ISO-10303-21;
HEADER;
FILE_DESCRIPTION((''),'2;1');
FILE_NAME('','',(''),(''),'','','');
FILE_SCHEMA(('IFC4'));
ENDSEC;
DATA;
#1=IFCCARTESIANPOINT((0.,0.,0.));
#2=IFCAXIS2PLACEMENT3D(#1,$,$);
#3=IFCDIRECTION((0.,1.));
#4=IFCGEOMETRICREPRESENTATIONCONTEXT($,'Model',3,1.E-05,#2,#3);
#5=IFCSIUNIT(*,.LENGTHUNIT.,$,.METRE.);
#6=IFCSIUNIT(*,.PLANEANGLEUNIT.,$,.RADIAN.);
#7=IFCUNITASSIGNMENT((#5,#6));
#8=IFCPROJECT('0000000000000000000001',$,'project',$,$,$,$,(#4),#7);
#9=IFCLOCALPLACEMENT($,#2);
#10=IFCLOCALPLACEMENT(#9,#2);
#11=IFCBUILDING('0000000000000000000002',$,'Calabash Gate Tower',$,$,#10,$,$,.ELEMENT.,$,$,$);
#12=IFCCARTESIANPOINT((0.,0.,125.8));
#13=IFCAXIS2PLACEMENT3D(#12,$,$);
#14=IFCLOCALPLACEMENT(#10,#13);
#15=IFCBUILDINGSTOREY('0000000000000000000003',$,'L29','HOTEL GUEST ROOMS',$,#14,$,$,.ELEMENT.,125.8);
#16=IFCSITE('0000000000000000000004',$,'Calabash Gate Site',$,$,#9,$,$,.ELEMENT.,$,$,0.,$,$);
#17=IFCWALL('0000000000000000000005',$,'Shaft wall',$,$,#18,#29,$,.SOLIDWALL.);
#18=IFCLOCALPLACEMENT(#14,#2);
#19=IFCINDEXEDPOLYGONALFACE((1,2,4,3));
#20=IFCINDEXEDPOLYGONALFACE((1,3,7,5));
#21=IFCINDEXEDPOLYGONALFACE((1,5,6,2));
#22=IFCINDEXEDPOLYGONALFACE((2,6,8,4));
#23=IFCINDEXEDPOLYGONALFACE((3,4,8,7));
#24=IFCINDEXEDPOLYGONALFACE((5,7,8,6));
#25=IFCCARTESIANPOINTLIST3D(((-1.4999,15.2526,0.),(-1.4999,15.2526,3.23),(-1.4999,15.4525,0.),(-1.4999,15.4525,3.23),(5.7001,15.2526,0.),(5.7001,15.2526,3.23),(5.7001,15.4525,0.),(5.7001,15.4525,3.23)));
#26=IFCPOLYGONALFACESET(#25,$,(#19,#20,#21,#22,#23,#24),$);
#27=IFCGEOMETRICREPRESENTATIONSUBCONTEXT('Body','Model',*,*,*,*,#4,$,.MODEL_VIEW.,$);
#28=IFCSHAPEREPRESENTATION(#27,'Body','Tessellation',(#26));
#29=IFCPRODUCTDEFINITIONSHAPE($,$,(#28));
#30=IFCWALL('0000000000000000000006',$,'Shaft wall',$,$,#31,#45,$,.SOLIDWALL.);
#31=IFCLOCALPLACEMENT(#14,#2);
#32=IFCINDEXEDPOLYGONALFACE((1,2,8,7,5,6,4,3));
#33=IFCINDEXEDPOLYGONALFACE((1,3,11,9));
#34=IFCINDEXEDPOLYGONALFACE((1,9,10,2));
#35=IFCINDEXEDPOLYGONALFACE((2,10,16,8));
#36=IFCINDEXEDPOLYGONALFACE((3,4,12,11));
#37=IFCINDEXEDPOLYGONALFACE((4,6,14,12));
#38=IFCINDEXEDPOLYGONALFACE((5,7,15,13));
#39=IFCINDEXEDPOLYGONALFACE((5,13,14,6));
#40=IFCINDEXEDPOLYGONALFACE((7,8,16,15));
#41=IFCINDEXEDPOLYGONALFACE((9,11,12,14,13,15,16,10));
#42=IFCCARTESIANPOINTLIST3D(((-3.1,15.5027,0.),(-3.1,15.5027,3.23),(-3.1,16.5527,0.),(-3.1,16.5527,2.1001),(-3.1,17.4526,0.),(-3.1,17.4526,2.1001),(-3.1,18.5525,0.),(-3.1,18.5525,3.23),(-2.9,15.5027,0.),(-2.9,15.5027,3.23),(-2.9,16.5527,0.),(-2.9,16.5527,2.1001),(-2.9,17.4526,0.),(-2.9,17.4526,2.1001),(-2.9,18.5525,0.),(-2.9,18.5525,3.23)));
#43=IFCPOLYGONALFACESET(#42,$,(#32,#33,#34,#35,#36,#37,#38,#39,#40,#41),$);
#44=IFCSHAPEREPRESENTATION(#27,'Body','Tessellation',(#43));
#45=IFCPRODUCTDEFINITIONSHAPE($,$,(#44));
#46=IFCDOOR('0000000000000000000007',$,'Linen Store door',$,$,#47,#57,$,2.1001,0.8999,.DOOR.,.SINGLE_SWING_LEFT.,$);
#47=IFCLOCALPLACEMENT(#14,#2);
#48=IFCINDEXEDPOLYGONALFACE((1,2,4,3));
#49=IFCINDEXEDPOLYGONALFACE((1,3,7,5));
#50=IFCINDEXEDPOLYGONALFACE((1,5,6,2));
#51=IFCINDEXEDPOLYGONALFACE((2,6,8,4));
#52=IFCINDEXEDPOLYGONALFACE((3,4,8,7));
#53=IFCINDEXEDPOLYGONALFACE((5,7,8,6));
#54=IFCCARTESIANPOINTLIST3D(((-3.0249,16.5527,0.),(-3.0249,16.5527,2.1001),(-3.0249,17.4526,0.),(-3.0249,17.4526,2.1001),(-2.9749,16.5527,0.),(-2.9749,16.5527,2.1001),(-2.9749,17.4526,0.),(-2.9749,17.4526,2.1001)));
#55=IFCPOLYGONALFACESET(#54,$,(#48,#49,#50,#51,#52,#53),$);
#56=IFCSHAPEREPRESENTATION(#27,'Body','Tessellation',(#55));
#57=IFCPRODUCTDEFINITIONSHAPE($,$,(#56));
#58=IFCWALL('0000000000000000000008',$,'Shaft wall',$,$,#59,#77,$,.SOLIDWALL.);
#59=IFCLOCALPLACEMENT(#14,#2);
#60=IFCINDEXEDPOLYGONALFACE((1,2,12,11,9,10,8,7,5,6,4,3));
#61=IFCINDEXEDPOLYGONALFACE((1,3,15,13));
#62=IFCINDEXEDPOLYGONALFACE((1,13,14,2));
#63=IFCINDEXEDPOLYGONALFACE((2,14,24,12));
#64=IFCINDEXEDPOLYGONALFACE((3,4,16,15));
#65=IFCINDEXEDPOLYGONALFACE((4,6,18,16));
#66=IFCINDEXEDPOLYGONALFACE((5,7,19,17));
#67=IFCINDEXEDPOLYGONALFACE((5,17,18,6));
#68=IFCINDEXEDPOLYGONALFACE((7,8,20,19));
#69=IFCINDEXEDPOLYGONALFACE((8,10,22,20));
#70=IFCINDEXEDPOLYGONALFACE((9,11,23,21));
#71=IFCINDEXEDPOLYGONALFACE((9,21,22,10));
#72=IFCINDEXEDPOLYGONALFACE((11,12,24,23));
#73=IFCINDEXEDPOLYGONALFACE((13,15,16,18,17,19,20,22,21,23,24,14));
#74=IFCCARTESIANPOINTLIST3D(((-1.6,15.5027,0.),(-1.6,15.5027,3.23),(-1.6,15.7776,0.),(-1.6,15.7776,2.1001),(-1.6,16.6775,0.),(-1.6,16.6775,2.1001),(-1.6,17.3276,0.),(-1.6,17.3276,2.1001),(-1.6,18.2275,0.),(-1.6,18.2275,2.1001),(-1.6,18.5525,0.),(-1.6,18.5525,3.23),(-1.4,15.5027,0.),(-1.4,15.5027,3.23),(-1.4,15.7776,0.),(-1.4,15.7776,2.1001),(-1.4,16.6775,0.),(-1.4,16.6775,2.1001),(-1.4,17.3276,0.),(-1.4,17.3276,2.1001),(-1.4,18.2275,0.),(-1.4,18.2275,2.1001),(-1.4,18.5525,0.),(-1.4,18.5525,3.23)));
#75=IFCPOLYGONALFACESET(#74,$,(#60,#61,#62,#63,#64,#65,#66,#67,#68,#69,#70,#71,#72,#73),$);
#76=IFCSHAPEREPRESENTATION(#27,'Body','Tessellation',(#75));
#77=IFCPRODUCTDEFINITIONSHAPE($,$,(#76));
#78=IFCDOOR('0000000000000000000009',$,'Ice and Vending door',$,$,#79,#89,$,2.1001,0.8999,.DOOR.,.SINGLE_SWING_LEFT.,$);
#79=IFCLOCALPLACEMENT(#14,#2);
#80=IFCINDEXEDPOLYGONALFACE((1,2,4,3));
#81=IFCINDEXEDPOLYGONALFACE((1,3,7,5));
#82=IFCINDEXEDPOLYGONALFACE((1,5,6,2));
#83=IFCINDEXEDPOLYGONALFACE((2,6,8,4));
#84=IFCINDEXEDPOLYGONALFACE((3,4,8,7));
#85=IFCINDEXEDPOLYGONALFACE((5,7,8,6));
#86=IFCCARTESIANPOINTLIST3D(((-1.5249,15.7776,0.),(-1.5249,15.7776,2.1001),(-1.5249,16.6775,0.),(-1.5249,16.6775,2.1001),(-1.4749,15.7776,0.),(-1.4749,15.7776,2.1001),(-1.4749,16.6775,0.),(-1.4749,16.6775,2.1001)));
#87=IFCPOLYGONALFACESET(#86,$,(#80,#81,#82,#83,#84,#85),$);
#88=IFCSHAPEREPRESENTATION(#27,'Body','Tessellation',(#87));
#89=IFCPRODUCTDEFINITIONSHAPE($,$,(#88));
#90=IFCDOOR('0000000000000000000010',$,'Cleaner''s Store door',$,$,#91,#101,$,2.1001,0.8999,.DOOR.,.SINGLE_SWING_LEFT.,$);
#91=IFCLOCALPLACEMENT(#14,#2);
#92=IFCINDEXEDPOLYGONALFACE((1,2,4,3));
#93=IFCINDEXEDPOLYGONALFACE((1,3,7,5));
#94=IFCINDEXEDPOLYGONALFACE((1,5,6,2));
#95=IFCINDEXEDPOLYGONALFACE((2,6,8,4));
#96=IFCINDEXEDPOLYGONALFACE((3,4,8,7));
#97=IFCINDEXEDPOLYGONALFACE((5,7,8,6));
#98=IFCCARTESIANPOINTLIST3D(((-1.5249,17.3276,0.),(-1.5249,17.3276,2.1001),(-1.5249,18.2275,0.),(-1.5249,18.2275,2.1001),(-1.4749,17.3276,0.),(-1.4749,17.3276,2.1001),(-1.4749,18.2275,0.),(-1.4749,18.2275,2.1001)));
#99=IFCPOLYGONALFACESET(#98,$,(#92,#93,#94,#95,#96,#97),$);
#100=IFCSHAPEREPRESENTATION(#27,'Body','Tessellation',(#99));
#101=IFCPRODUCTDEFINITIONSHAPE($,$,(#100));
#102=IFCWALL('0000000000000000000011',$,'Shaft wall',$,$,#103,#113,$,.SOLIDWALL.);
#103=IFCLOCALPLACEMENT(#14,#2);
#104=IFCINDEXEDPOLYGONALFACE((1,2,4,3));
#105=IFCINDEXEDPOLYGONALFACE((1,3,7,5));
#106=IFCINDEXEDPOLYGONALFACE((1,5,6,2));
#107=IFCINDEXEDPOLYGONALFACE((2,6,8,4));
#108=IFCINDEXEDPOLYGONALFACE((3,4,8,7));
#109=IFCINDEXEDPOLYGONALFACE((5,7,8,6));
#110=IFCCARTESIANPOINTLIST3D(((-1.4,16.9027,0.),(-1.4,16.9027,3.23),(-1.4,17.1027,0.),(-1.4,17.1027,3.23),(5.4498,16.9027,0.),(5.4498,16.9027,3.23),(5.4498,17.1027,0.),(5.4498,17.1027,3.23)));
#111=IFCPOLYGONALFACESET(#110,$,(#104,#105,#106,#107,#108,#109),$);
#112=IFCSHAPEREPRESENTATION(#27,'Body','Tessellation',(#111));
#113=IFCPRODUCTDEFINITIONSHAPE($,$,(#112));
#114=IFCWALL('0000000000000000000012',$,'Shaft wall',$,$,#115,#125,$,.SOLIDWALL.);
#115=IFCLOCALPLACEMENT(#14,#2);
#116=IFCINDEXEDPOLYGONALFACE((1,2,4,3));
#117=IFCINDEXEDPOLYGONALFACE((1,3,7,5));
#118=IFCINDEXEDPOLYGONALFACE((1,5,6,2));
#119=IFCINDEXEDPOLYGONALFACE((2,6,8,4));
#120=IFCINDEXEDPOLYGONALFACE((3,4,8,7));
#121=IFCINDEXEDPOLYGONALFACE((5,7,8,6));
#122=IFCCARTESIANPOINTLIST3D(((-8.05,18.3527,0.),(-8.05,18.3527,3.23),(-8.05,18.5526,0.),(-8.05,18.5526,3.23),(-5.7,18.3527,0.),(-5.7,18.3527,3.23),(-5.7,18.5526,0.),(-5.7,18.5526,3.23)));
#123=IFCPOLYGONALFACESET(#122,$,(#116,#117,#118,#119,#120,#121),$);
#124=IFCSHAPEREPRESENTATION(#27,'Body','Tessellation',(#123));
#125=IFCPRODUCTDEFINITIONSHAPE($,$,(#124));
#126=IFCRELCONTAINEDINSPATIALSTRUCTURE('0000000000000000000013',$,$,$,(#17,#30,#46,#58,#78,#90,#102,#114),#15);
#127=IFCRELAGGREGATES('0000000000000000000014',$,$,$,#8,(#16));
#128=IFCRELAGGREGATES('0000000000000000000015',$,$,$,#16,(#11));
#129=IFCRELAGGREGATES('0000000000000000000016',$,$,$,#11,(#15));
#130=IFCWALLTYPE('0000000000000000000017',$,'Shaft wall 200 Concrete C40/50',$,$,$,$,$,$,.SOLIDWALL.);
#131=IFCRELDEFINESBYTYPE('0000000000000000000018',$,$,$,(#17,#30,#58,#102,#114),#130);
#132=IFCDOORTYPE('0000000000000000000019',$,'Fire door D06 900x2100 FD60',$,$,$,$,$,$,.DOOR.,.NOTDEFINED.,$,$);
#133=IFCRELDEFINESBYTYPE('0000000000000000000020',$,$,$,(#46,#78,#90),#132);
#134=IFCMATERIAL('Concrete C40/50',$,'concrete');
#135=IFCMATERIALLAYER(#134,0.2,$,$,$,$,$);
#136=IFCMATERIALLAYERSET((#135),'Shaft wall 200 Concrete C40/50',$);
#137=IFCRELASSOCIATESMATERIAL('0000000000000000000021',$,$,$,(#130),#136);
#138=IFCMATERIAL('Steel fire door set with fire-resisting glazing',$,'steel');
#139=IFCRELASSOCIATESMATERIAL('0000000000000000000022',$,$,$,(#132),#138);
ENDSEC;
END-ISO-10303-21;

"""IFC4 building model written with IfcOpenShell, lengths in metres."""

from ifc_helpers import new_model, si_unit, direction, frame, frame_2d, origin, place, context, subcontext, project, spatial, rectangle, extrude, material, layer, layer_set, type_object, element, fill, save


model = new_model("IFC4")

# Units and contexts
model_context = context("Model", 3, precision=1e-05, world=origin(), true_north=direction((0.0, 1.0)))
body_context = subcontext(model_context, "Body", "Model", "MODEL_VIEW")
ifc_project = project(units=[si_unit("LENGTHUNIT", "METRE"), si_unit("PLANEANGLEUNIT", "RADIAN")], contexts=[model_context])

# Site, building, storey
site_placement = place(None, origin())
site = spatial("IfcSite", under=ifc_project, at=site_placement, Name="Calabash Gate Site", CompositionType="ELEMENT", RefElevation=0.0)
building_placement = place(site_placement, origin())
building = spatial("IfcBuilding", under=site, at=building_placement, Name="Calabash Gate Tower", CompositionType="ELEMENT")
storey_placement = place(building_placement, frame((0.0, 0.0, 125.8)))
storey = spatial("IfcBuildingStorey", under=building, at=storey_placement, Name="L29", Description="HOTEL GUEST ROOMS", CompositionType="ELEMENT", Elevation=125.8)

# Shared definitions
ifc_material_1 = material(Name="Concrete C40/50", Category="concrete")
ifc_layer_1 = layer(ifc_material_1, 0.2)
ifc_layer_set_1 = layer_set([ifc_layer_1], Name="Shaft wall 200 Concrete C40/50")
wall_type_1 = type_object("IfcWallType", Name="Shaft wall 200 Concrete C40/50", PredefinedType="SOLIDWALL", material=ifc_layer_set_1)
ifc_material_2 = material(Name="Steel fire door set with fire-resisting glazing", Category="steel")
door_type_1 = type_object("IfcDoorType", Name="Fire door D06 900x2100 FD60", OperationType="NOTDEFINED", PredefinedType="DOOR", material=ifc_material_2)

# Wall
wall_1_placement = place(storey_placement, frame((-1.5, 15.3525, 0.0), z_axis=(0.0, 0.0, 1.0), x_axis=(1.0, 0.0, 0.0)))
element("IfcWall", 1, at=wall_1_placement, inside=storey, type_object=wall_type_1, Name="Shaft wall", PredefinedType="SOLIDWALL", context=body_context, shape_type="SweptSolid", body=[
    extrude(rectangle(XDim=7.2, YDim=0.2, at=frame_2d((3.6001, 0.0))), origin(), (0.0, 0.0, 1.0), 3.23),
])

# Wall, opening, door
wall_2_placement = place(storey_placement, frame((-3.0, 15.5027, 0.0), z_axis=(0.0, 0.0, 1.0), x_axis=(0.0, 1.0, 0.0)))
wall_2 = element("IfcWall", 2, at=wall_2_placement, inside=storey, type_object=wall_type_1, Name="Shaft wall", PredefinedType="SOLIDWALL", context=body_context, shape_type="SweptSolid", body=[
    extrude(rectangle(XDim=3.0498, YDim=0.2, at=frame_2d((1.5249, 0.0))), origin(), (0.0, 0.0, 1.0), 3.23),
])
opening_1_placement = place(wall_2_placement, frame((1.05, 0.0, 0.0)))
opening_1 = element("IfcOpeningElement", 3, at=opening_1_placement, cuts=wall_2, PredefinedType="OPENING", context=body_context, shape_type="SweptSolid", body=[
    extrude(rectangle(XDim=0.8999, YDim=2.1001, at=frame_2d((0.45, 1.05))), frame((0.0, 0.1099, 0.0), z_axis=(0.0, -1.0, 0.0), x_axis=(1.0, 0.0, 0.0)), (0.0, 0.0, 1.0), 0.22),
])
door_1_placement = place(opening_1_placement, origin())
door_1 = element("IfcDoor", 4, at=door_1_placement, inside=storey, type_object=door_type_1, Name="Linen Store door", OperationType="SINGLE_SWING_LEFT", OverallHeight=2.1001, OverallWidth=0.8999, PredefinedType="DOOR", context=body_context, shape_type="SweptSolid", body=[
    extrude(rectangle(XDim=0.8999, YDim=2.1001, at=frame_2d((0.45, 1.05))), frame((0.0, 0.0249, 0.0), z_axis=(0.0, -1.0, 0.0), x_axis=(1.0, 0.0, 0.0)), (0.0, 0.0, 1.0), 0.05),
])
fill(opening_1, door_1)

# Wall, openings, doors
wall_3_placement = place(storey_placement, frame((-1.5, 15.5027, 0.0), z_axis=(0.0, 0.0, 1.0), x_axis=(0.0, 1.0, 0.0)))
wall_3 = element("IfcWall", 5, at=wall_3_placement, inside=storey, type_object=wall_type_1, Name="Shaft wall", PredefinedType="SOLIDWALL", context=body_context, shape_type="SweptSolid", body=[
    extrude(rectangle(XDim=3.0498, YDim=0.2, at=frame_2d((1.5249, 0.0))), origin(), (0.0, 0.0, 1.0), 3.23),
])
opening_2_placement = place(wall_3_placement, frame((0.2749, 0.0, 0.0)))
opening_2 = element("IfcOpeningElement", 6, at=opening_2_placement, cuts=wall_3, PredefinedType="OPENING", context=body_context, shape_type="SweptSolid", body=[
    extrude(rectangle(XDim=0.8999, YDim=2.1001, at=frame_2d((0.45, 1.05))), frame((0.0, 0.1099, 0.0), z_axis=(0.0, -1.0, 0.0), x_axis=(1.0, 0.0, 0.0)), (0.0, 0.0, 1.0), 0.22),
])
opening_3_placement = place(wall_3_placement, frame((1.825, 0.0, 0.0)))
opening_3 = element("IfcOpeningElement", 7, at=opening_3_placement, cuts=wall_3, PredefinedType="OPENING", context=body_context, shape_type="SweptSolid", body=[
    extrude(rectangle(XDim=0.8999, YDim=2.1001, at=frame_2d((0.45, 1.05))), frame((0.0, 0.1099, 0.0), z_axis=(0.0, -1.0, 0.0), x_axis=(1.0, 0.0, 0.0)), (0.0, 0.0, 1.0), 0.22),
])
door_2_placement = place(opening_2_placement, origin())
door_2 = element("IfcDoor", 8, at=door_2_placement, inside=storey, type_object=door_type_1, Name="Ice and Vending door", OperationType="SINGLE_SWING_LEFT", OverallHeight=2.1001, OverallWidth=0.8999, PredefinedType="DOOR", context=body_context, shape_type="SweptSolid", body=[
    extrude(rectangle(XDim=0.8999, YDim=2.1001, at=frame_2d((0.45, 1.05))), frame((0.0, 0.0249, 0.0), z_axis=(0.0, -1.0, 0.0), x_axis=(1.0, 0.0, 0.0)), (0.0, 0.0, 1.0), 0.05),
])
fill(opening_2, door_2)
door_3_placement = place(opening_3_placement, origin())
door_3 = element("IfcDoor", 9, at=door_3_placement, inside=storey, type_object=door_type_1, Name="Cleaner's Store door", OperationType="SINGLE_SWING_LEFT", OverallHeight=2.1001, OverallWidth=0.8999, PredefinedType="DOOR", context=body_context, shape_type="SweptSolid", body=[
    extrude(rectangle(XDim=0.8999, YDim=2.1001, at=frame_2d((0.45, 1.05))), frame((0.0, 0.0249, 0.0), z_axis=(0.0, -1.0, 0.0), x_axis=(1.0, 0.0, 0.0)), (0.0, 0.0, 1.0), 0.05),
])
fill(opening_3, door_3)

# Walls
wall_4_placement = place(storey_placement, frame((-1.3999, 17.0027, 0.0), z_axis=(0.0, 0.0, 1.0), x_axis=(1.0, 0.0, 0.0)))
element("IfcWall", 10, at=wall_4_placement, inside=storey, type_object=wall_type_1, Name="Shaft wall", PredefinedType="SOLIDWALL", context=body_context, shape_type="SweptSolid", body=[
    extrude(rectangle(XDim=6.8499, YDim=0.2, at=frame_2d((3.4248, 0.0))), origin(), (0.0, 0.0, 1.0), 3.23),
])
wall_5_placement = place(storey_placement, frame((-8.05, 18.4526, 0.0), z_axis=(0.0, 0.0, 1.0), x_axis=(1.0, 0.0, 0.0)))
element("IfcWall", 11, at=wall_5_placement, inside=storey, type_object=wall_type_1, Name="Shaft wall", PredefinedType="SOLIDWALL", context=body_context, shape_type="SweptSolid", body=[
    extrude(rectangle(XDim=2.3501, YDim=0.2, at=frame_2d((1.175, 0.0))), origin(), (0.0, 0.0, 1.0), 3.23),
])

save(model, "model.ifc")
